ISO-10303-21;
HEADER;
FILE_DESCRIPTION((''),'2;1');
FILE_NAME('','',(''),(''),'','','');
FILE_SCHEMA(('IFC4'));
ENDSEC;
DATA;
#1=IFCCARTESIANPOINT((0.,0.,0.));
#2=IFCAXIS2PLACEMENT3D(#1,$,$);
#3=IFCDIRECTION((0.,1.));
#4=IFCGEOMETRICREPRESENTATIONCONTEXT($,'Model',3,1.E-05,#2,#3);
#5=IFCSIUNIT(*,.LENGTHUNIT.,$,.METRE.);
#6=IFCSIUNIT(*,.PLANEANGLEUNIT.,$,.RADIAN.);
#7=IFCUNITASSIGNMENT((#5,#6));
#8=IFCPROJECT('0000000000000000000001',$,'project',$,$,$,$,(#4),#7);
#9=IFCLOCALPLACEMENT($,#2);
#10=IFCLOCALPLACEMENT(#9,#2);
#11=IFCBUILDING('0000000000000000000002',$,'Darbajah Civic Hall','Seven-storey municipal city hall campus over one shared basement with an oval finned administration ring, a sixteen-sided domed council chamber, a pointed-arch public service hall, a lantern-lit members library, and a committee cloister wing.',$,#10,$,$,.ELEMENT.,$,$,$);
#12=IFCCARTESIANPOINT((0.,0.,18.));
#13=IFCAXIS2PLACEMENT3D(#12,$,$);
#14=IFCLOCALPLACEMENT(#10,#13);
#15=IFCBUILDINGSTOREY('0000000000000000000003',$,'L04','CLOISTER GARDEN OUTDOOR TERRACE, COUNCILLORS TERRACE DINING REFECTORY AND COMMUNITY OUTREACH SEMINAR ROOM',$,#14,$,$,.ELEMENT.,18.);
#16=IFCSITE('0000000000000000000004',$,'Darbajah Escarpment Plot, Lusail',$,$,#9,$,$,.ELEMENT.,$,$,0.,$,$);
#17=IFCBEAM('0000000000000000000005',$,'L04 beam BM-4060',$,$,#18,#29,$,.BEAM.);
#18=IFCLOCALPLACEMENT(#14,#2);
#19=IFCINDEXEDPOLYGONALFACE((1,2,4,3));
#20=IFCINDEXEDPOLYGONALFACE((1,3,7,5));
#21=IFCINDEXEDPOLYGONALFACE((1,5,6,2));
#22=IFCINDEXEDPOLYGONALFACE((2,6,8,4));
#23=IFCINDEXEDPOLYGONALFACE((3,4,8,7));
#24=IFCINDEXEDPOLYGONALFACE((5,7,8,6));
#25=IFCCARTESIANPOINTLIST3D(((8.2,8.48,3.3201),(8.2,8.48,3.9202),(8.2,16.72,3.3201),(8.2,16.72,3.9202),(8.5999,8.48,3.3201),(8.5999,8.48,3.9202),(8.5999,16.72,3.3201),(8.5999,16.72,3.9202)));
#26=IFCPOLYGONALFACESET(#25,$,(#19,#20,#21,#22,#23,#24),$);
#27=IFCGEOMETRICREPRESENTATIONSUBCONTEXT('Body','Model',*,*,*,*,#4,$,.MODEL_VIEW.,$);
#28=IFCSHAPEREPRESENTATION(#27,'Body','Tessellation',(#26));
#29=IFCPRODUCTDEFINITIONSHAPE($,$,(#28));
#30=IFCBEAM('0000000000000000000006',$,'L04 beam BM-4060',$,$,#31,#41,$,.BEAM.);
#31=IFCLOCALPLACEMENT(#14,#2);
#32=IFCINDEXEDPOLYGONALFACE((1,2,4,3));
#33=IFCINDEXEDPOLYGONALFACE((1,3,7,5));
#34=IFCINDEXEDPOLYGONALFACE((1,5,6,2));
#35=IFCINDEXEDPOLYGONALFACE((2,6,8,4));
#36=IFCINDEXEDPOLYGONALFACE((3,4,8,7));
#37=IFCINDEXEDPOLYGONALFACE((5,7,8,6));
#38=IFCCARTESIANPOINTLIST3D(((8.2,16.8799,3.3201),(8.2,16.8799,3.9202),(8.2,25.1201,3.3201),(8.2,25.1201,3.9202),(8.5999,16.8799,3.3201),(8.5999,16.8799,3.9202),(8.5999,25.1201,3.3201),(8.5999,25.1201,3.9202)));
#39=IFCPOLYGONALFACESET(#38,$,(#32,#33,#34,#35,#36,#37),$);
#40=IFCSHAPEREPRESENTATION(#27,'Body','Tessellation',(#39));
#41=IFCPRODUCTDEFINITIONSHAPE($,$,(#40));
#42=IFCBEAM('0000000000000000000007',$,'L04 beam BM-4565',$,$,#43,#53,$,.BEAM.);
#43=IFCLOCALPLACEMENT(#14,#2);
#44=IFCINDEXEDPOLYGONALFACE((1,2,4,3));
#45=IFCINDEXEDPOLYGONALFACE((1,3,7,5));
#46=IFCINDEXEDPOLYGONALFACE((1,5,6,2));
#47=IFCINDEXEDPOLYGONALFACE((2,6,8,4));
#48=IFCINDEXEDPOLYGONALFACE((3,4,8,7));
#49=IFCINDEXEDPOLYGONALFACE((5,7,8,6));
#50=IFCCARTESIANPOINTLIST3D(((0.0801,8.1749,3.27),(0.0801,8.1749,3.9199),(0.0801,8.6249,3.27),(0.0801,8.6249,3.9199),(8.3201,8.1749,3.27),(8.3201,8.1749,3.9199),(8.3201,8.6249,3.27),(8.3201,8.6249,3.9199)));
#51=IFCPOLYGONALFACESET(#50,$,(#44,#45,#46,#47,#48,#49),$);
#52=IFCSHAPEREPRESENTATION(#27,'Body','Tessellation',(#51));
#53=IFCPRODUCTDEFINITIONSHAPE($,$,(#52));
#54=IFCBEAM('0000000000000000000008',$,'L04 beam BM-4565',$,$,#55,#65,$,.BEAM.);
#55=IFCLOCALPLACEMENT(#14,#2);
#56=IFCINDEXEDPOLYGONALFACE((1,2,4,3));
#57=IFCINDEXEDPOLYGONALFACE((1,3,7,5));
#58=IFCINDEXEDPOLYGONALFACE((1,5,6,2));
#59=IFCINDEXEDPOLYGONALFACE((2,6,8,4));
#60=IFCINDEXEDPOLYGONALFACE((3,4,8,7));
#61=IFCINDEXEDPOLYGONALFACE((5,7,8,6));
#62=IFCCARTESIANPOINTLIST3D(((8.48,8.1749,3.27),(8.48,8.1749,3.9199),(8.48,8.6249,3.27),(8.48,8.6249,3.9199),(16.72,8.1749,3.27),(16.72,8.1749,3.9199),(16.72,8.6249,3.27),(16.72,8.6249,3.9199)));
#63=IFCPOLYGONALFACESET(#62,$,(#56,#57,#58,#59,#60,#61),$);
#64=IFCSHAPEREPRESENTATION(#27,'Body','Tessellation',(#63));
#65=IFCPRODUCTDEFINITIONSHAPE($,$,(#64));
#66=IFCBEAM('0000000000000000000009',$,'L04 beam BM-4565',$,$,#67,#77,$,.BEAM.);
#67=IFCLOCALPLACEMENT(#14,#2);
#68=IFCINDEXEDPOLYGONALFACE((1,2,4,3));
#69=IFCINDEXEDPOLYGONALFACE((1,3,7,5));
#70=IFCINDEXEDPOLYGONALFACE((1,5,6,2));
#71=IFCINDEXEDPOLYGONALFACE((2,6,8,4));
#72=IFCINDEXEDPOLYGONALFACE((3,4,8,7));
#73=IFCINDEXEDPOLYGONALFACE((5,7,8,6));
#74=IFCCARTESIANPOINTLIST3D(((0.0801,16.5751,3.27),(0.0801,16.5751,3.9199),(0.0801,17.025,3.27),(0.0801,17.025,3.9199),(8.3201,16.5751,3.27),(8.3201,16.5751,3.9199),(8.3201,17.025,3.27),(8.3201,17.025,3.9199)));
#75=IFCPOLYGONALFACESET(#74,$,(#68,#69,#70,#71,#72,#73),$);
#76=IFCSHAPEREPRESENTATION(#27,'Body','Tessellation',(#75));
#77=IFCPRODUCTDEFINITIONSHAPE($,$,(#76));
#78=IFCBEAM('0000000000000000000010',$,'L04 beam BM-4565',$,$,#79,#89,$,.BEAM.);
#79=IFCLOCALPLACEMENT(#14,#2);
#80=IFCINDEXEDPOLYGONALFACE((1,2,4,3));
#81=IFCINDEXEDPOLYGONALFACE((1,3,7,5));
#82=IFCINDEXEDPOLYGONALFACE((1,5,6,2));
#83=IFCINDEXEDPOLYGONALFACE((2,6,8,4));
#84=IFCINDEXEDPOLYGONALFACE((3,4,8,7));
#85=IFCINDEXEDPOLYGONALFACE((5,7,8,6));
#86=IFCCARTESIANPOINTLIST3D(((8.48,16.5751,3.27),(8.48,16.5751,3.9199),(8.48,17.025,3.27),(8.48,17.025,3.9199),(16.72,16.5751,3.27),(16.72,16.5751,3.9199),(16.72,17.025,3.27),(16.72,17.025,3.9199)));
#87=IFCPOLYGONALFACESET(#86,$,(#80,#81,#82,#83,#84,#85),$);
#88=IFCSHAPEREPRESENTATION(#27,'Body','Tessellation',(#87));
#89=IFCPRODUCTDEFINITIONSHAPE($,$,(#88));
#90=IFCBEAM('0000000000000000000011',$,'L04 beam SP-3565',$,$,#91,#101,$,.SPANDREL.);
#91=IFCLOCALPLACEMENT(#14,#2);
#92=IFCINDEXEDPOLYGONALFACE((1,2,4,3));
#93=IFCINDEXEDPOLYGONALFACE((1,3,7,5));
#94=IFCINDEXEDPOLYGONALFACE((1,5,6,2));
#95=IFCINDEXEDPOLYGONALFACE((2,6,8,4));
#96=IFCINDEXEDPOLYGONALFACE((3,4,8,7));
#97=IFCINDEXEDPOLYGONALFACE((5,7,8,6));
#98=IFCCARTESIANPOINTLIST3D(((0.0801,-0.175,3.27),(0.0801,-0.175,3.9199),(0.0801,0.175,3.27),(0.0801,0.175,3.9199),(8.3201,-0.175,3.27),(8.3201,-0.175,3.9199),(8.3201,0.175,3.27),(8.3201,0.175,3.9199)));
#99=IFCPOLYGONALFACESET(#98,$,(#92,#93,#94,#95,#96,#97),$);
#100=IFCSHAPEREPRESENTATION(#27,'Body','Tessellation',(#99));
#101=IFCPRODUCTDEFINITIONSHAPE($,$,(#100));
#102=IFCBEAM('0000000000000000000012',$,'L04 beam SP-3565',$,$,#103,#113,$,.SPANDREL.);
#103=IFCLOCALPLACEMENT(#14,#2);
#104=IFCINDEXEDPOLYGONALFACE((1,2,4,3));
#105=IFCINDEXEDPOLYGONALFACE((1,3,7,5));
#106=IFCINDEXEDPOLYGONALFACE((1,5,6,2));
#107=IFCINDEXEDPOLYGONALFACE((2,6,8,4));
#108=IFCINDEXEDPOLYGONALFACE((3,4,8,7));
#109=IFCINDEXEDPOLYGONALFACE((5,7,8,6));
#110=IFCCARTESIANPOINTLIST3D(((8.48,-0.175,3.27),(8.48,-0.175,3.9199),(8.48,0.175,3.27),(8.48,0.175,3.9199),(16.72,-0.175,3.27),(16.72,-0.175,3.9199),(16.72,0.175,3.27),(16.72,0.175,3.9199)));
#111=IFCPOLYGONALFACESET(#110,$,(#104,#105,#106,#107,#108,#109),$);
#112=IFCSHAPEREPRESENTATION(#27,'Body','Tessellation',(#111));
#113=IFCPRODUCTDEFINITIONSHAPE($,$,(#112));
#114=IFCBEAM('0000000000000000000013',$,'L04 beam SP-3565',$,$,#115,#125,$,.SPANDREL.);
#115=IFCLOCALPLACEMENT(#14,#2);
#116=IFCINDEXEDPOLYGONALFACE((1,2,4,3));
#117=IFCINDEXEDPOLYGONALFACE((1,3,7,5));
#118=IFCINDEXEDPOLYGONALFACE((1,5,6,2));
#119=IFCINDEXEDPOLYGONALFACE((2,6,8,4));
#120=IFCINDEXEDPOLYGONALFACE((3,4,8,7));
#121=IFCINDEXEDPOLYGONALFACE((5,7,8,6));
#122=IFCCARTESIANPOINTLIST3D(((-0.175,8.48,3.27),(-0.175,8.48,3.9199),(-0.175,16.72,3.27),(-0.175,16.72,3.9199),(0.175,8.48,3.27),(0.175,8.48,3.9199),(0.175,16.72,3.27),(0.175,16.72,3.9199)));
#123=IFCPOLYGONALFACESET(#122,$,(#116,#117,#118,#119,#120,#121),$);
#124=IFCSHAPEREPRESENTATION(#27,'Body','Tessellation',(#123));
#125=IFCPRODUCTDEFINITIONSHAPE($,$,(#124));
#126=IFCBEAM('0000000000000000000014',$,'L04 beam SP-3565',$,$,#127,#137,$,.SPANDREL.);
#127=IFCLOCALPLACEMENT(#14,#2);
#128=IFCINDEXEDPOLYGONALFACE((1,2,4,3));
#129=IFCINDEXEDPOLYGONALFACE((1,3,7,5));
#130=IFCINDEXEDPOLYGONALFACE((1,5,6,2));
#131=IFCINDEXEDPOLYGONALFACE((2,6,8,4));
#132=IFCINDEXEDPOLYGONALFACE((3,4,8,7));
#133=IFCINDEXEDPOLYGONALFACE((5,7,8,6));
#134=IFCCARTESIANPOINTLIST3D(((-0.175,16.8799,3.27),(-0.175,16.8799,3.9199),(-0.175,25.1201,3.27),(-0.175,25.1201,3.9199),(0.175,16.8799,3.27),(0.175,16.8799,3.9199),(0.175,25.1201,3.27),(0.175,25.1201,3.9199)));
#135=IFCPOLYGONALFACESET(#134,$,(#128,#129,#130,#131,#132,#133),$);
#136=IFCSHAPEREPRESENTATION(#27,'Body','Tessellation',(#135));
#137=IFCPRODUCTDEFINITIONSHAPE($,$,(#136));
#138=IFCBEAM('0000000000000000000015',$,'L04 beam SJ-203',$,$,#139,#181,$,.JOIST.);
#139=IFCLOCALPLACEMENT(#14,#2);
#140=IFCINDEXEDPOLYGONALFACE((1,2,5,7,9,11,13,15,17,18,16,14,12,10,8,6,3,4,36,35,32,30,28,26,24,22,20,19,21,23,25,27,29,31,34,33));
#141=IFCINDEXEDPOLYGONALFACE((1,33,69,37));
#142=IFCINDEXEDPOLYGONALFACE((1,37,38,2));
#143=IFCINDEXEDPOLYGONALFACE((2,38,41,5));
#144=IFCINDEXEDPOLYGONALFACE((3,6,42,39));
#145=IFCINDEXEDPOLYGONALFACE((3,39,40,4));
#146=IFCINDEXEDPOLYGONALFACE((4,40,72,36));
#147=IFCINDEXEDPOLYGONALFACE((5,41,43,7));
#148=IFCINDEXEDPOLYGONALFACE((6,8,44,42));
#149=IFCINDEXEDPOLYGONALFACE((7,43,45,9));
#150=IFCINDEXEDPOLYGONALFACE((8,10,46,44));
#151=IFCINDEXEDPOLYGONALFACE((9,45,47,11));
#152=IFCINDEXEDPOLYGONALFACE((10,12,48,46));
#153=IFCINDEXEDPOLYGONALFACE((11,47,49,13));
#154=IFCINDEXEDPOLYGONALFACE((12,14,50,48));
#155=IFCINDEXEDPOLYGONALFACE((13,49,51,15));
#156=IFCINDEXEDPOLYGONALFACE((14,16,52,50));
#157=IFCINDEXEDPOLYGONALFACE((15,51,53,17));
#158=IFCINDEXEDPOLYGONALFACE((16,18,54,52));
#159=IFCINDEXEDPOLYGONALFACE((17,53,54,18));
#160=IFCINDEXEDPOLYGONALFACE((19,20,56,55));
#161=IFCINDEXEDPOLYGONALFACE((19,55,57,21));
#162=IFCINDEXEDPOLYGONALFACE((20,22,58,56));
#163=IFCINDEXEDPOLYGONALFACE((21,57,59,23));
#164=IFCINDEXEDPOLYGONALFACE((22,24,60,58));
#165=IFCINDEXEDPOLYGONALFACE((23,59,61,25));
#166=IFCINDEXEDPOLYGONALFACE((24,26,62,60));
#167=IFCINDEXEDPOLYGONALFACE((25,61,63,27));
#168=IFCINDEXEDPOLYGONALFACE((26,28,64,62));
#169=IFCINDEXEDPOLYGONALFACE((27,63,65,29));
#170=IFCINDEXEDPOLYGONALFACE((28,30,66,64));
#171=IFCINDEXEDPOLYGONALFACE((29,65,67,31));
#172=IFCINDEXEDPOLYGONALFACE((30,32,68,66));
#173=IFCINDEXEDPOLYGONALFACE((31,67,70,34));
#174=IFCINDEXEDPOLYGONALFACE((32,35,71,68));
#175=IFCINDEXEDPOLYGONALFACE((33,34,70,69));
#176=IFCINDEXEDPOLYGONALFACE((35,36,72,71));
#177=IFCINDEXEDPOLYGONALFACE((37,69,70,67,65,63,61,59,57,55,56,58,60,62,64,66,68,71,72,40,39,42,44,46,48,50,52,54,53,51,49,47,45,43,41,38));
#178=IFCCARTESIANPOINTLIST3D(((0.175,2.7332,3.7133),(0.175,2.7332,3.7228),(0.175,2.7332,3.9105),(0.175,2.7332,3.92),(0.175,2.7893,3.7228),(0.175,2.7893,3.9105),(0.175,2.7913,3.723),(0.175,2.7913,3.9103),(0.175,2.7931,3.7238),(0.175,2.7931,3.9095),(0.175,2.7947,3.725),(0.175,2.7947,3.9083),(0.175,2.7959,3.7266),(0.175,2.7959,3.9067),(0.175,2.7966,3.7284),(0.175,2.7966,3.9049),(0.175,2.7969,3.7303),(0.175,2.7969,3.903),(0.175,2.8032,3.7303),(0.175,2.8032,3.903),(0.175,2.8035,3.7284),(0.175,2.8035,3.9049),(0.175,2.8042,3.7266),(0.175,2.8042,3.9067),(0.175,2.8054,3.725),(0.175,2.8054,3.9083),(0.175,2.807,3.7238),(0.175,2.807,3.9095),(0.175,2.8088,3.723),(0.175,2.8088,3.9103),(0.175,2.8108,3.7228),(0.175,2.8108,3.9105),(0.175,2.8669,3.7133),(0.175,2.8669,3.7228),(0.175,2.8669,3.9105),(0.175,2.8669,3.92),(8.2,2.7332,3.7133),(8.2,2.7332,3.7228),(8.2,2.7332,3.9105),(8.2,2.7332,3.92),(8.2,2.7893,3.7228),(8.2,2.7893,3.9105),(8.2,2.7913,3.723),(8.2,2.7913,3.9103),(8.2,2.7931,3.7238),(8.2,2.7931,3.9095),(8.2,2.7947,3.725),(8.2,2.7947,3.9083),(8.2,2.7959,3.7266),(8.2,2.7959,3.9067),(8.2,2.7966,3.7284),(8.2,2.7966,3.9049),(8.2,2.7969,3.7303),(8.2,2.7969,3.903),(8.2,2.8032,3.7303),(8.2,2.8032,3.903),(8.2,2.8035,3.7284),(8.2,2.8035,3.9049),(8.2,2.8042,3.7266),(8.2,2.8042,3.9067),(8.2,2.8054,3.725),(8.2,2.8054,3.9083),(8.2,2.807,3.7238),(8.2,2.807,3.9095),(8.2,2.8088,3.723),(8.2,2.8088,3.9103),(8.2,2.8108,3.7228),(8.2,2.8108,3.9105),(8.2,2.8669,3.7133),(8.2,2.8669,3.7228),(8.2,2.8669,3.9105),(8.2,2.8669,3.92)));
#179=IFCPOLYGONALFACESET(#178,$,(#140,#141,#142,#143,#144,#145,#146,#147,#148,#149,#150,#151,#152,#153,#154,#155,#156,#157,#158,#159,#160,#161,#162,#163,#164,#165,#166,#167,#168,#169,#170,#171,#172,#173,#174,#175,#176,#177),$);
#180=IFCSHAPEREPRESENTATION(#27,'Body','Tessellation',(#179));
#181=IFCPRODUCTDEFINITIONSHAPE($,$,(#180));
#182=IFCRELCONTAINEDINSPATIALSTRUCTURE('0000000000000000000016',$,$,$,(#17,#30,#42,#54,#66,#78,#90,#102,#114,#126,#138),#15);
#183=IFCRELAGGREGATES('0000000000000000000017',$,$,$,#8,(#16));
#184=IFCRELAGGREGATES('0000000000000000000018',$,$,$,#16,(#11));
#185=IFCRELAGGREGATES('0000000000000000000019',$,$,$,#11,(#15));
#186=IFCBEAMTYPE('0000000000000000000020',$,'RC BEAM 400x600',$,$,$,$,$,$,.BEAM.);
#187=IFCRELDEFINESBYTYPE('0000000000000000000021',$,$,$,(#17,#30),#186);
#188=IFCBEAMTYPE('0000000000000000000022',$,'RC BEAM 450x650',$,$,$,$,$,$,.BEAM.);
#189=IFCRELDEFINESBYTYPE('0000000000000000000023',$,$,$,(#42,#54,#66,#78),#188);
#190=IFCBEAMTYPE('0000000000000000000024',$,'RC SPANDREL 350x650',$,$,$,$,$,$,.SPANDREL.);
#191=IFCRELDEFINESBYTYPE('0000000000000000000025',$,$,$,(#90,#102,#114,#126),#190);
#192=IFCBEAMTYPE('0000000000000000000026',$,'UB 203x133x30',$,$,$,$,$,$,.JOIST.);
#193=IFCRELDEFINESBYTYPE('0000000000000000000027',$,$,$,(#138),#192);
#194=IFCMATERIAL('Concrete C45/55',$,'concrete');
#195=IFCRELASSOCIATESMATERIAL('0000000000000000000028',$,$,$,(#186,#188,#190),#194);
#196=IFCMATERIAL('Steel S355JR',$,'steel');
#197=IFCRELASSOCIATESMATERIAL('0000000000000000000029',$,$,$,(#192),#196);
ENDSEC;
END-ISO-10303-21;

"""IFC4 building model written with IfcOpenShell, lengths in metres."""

from ifc_helpers import new_model, si_unit, direction, frame, origin, origin_2d, place, context, subcontext, project, spatial, rectangle, i_section, extrude, material, material_profile, profile_set, type_object, element, save


model = new_model("IFC4")

# Units and contexts
model_context = context("Model", 3, precision=1e-05, world=origin(), true_north=direction((0.0, 1.0)))
body_context = subcontext(model_context, "Body", "Model", "MODEL_VIEW")
ifc_project = project(units=[si_unit("LENGTHUNIT", "METRE"), si_unit("PLANEANGLEUNIT", "RADIAN")], contexts=[model_context])

# Site, building, storey
site_placement = place(None, origin())
site = spatial("IfcSite", under=ifc_project, at=site_placement, Name="Darbajah Escarpment Plot, Lusail", CompositionType="ELEMENT", RefElevation=0.0)
building_placement = place(site_placement, origin())
building = spatial("IfcBuilding", under=site, at=building_placement, Name="Darbajah Civic Hall", Description="Seven-storey municipal city hall campus over one shared basement with an oval finned administration ring, a sixteen-sided domed council chamber, a pointed-arch public service hall, a lantern-lit members library, and a committee cloister wing.", CompositionType="ELEMENT")
storey_placement = place(building_placement, frame((0.0, 0.0, 18.0)))
storey = spatial("IfcBuildingStorey", under=building, at=storey_placement, Name="L04", Description="CLOISTER GARDEN OUTDOOR TERRACE, COUNCILLORS TERRACE DINING REFECTORY AND COMMUNITY OUTREACH SEMINAR ROOM", CompositionType="ELEMENT", Elevation=18.0)

# Shared definitions
ifc_material_1 = material(Name="Steel S355JR", Category="steel")

# Beams
ifc_material_2 = material(Name="Concrete C45/55", Category="concrete")
ifc_material_profile_1 = material_profile(ifc_material_2, rectangle(XDim=0.3999, YDim=0.6001, at=origin_2d()), Name="RC BEAM 400x600")
ifc_profile_set_1 = profile_set([ifc_material_profile_1], Name="Concrete C45/55")
beam_type_1 = type_object("IfcBeamType", Name="RC BEAM 400x600", PredefinedType="BEAM", material=ifc_profile_set_1)
for number, where, z_axis, x_axis, name in (
    (1, (8.3999, 8.48, 3.6201), (0.0, 1.0, 0.0), (-1.0, 0.0, 0.0), "L04 beam BM-4060"),
):
    element("IfcBeam", number, at=place(storey_placement, frame(where, z_axis=z_axis, x_axis=x_axis)), inside=storey, type_object=beam_type_1, Name=name, PredefinedType="BEAM", context=body_context, shape_type="SweptSolid", body=[
        extrude(rectangle(XDim=0.3999, YDim=0.6001, at=origin_2d()), origin(), (0.0, 0.0, 1.0), 8.24),
    ])
beam_1_placement = place(storey_placement, frame((8.3999, 16.8799, 3.6201), z_axis=(0.0, 1.0, 0.0), x_axis=(-1.0, 0.0, 0.0)))
element("IfcBeam", 2, at=beam_1_placement, inside=storey, type_object=beam_type_1, Name="L04 beam BM-4060", PredefinedType="BEAM", context=body_context, shape_type="SweptSolid", body=[
    extrude(rectangle(XDim=0.3999, YDim=0.6001, at=origin_2d()), origin(), (0.0, 0.0, 1.0), 8.2402),
])
ifc_material_profile_2 = material_profile(ifc_material_2, rectangle(XDim=0.45, YDim=0.6499, at=origin_2d()), Name="RC BEAM 450x650")
ifc_profile_set_2 = profile_set([ifc_material_profile_2], Name="Concrete C45/55")
beam_type_2 = type_object("IfcBeamType", Name="RC BEAM 450x650", PredefinedType="BEAM", material=ifc_profile_set_2)
for number, where, z_axis, x_axis, name in (
    (3, (0.0801, 8.3999, 3.595), (1.0, 0.0, 0.0), (0.0, 1.0, 0.0), "L04 beam BM-4565"),
    (4, (8.48, 8.3999, 3.595), (1.0, 0.0, 0.0), (0.0, 1.0, 0.0), "L04 beam BM-4565"),
    (5, (0.0801, 16.8, 3.595), (1.0, 0.0, 0.0), (0.0, 1.0, 0.0), "L04 beam BM-4565"),
    (6, (8.48, 16.8, 3.595), (1.0, 0.0, 0.0), (0.0, 1.0, 0.0), "L04 beam BM-4565"),
):
    element("IfcBeam", number, at=place(storey_placement, frame(where, z_axis=z_axis, x_axis=x_axis)), inside=storey, type_object=beam_type_2, Name=name, PredefinedType="BEAM", context=body_context, shape_type="SweptSolid", body=[
        extrude(rectangle(XDim=0.45, YDim=0.6499, at=origin_2d()), origin(), (0.0, 0.0, 1.0), 8.24),
    ])
ifc_material_profile_3 = material_profile(ifc_material_2, rectangle(XDim=0.3501, YDim=0.6499, at=origin_2d()), Name="RC SPANDREL 350x650")
ifc_profile_set_3 = profile_set([ifc_material_profile_3], Name="Concrete C45/55")
beam_type_3 = type_object("IfcBeamType", Name="RC SPANDREL 350x650", PredefinedType="SPANDREL", material=ifc_profile_set_3)
for number, where, z_axis, x_axis, name in (
    (7, (0.0801, 0.0, 3.595), (1.0, 0.0, 0.0), (0.0, 1.0, 0.0), "L04 beam SP-3565"),
    (8, (8.48, 0.0, 3.595), (1.0, 0.0, 0.0), (0.0, 1.0, 0.0), "L04 beam SP-3565"),
    (9, (0.0, 8.48, 3.595), (0.0, 1.0, 0.0), (-1.0, 0.0, 0.0), "L04 beam SP-3565"),
):
    element("IfcBeam", number, at=place(storey_placement, frame(where, z_axis=z_axis, x_axis=x_axis)), inside=storey, type_object=beam_type_3, Name=name, PredefinedType="SPANDREL", context=body_context, shape_type="SweptSolid", body=[
        extrude(rectangle(XDim=0.3501, YDim=0.6499, at=origin_2d()), origin(), (0.0, 0.0, 1.0), 8.24),
    ])
beam_2_placement = place(storey_placement, frame((0.0, 16.8799, 3.595), z_axis=(0.0, 1.0, 0.0), x_axis=(-1.0, 0.0, 0.0)))
element("IfcBeam", 10, at=beam_2_placement, inside=storey, type_object=beam_type_3, Name="L04 beam SP-3565", PredefinedType="SPANDREL", context=body_context, shape_type="SweptSolid", body=[
    extrude(rectangle(XDim=0.3501, YDim=0.6499, at=origin_2d()), origin(), (0.0, 0.0, 1.0), 8.2402),
])
ifc_material_profile_4 = material_profile(ifc_material_1, i_section(OverallWidth=0.1338, OverallDepth=0.2068, WebThickness=0.0063, FlangeThickness=0.0095, FilletRadius=0.0076, at=origin_2d()), Name="UB 203x133x30")
ifc_profile_set_4 = profile_set([ifc_material_profile_4], Name="Steel S355JR")
beam_type_4 = type_object("IfcBeamType", Name="UB 203x133x30", PredefinedType="JOIST", material=ifc_profile_set_4)
for number, where, z_axis, x_axis, name in (
    (11, (0.175, 2.8, 3.8167), (1.0, 0.0, 0.0), (0.0, 1.0, 0.0), "L04 beam SJ-203"),
):
    element("IfcBeam", number, at=place(storey_placement, frame(where, z_axis=z_axis, x_axis=x_axis)), inside=storey, type_object=beam_type_4, Name=name, PredefinedType="JOIST", context=body_context, shape_type="SweptSolid", body=[
        extrude(i_section(OverallWidth=0.1338, OverallDepth=0.2068, WebThickness=0.0063, FlangeThickness=0.0095, FilletRadius=0.0076, at=origin_2d()), origin(), (0.0, 0.0, 1.0), 8.0249),
    ])

save(model, "model.ifc")
